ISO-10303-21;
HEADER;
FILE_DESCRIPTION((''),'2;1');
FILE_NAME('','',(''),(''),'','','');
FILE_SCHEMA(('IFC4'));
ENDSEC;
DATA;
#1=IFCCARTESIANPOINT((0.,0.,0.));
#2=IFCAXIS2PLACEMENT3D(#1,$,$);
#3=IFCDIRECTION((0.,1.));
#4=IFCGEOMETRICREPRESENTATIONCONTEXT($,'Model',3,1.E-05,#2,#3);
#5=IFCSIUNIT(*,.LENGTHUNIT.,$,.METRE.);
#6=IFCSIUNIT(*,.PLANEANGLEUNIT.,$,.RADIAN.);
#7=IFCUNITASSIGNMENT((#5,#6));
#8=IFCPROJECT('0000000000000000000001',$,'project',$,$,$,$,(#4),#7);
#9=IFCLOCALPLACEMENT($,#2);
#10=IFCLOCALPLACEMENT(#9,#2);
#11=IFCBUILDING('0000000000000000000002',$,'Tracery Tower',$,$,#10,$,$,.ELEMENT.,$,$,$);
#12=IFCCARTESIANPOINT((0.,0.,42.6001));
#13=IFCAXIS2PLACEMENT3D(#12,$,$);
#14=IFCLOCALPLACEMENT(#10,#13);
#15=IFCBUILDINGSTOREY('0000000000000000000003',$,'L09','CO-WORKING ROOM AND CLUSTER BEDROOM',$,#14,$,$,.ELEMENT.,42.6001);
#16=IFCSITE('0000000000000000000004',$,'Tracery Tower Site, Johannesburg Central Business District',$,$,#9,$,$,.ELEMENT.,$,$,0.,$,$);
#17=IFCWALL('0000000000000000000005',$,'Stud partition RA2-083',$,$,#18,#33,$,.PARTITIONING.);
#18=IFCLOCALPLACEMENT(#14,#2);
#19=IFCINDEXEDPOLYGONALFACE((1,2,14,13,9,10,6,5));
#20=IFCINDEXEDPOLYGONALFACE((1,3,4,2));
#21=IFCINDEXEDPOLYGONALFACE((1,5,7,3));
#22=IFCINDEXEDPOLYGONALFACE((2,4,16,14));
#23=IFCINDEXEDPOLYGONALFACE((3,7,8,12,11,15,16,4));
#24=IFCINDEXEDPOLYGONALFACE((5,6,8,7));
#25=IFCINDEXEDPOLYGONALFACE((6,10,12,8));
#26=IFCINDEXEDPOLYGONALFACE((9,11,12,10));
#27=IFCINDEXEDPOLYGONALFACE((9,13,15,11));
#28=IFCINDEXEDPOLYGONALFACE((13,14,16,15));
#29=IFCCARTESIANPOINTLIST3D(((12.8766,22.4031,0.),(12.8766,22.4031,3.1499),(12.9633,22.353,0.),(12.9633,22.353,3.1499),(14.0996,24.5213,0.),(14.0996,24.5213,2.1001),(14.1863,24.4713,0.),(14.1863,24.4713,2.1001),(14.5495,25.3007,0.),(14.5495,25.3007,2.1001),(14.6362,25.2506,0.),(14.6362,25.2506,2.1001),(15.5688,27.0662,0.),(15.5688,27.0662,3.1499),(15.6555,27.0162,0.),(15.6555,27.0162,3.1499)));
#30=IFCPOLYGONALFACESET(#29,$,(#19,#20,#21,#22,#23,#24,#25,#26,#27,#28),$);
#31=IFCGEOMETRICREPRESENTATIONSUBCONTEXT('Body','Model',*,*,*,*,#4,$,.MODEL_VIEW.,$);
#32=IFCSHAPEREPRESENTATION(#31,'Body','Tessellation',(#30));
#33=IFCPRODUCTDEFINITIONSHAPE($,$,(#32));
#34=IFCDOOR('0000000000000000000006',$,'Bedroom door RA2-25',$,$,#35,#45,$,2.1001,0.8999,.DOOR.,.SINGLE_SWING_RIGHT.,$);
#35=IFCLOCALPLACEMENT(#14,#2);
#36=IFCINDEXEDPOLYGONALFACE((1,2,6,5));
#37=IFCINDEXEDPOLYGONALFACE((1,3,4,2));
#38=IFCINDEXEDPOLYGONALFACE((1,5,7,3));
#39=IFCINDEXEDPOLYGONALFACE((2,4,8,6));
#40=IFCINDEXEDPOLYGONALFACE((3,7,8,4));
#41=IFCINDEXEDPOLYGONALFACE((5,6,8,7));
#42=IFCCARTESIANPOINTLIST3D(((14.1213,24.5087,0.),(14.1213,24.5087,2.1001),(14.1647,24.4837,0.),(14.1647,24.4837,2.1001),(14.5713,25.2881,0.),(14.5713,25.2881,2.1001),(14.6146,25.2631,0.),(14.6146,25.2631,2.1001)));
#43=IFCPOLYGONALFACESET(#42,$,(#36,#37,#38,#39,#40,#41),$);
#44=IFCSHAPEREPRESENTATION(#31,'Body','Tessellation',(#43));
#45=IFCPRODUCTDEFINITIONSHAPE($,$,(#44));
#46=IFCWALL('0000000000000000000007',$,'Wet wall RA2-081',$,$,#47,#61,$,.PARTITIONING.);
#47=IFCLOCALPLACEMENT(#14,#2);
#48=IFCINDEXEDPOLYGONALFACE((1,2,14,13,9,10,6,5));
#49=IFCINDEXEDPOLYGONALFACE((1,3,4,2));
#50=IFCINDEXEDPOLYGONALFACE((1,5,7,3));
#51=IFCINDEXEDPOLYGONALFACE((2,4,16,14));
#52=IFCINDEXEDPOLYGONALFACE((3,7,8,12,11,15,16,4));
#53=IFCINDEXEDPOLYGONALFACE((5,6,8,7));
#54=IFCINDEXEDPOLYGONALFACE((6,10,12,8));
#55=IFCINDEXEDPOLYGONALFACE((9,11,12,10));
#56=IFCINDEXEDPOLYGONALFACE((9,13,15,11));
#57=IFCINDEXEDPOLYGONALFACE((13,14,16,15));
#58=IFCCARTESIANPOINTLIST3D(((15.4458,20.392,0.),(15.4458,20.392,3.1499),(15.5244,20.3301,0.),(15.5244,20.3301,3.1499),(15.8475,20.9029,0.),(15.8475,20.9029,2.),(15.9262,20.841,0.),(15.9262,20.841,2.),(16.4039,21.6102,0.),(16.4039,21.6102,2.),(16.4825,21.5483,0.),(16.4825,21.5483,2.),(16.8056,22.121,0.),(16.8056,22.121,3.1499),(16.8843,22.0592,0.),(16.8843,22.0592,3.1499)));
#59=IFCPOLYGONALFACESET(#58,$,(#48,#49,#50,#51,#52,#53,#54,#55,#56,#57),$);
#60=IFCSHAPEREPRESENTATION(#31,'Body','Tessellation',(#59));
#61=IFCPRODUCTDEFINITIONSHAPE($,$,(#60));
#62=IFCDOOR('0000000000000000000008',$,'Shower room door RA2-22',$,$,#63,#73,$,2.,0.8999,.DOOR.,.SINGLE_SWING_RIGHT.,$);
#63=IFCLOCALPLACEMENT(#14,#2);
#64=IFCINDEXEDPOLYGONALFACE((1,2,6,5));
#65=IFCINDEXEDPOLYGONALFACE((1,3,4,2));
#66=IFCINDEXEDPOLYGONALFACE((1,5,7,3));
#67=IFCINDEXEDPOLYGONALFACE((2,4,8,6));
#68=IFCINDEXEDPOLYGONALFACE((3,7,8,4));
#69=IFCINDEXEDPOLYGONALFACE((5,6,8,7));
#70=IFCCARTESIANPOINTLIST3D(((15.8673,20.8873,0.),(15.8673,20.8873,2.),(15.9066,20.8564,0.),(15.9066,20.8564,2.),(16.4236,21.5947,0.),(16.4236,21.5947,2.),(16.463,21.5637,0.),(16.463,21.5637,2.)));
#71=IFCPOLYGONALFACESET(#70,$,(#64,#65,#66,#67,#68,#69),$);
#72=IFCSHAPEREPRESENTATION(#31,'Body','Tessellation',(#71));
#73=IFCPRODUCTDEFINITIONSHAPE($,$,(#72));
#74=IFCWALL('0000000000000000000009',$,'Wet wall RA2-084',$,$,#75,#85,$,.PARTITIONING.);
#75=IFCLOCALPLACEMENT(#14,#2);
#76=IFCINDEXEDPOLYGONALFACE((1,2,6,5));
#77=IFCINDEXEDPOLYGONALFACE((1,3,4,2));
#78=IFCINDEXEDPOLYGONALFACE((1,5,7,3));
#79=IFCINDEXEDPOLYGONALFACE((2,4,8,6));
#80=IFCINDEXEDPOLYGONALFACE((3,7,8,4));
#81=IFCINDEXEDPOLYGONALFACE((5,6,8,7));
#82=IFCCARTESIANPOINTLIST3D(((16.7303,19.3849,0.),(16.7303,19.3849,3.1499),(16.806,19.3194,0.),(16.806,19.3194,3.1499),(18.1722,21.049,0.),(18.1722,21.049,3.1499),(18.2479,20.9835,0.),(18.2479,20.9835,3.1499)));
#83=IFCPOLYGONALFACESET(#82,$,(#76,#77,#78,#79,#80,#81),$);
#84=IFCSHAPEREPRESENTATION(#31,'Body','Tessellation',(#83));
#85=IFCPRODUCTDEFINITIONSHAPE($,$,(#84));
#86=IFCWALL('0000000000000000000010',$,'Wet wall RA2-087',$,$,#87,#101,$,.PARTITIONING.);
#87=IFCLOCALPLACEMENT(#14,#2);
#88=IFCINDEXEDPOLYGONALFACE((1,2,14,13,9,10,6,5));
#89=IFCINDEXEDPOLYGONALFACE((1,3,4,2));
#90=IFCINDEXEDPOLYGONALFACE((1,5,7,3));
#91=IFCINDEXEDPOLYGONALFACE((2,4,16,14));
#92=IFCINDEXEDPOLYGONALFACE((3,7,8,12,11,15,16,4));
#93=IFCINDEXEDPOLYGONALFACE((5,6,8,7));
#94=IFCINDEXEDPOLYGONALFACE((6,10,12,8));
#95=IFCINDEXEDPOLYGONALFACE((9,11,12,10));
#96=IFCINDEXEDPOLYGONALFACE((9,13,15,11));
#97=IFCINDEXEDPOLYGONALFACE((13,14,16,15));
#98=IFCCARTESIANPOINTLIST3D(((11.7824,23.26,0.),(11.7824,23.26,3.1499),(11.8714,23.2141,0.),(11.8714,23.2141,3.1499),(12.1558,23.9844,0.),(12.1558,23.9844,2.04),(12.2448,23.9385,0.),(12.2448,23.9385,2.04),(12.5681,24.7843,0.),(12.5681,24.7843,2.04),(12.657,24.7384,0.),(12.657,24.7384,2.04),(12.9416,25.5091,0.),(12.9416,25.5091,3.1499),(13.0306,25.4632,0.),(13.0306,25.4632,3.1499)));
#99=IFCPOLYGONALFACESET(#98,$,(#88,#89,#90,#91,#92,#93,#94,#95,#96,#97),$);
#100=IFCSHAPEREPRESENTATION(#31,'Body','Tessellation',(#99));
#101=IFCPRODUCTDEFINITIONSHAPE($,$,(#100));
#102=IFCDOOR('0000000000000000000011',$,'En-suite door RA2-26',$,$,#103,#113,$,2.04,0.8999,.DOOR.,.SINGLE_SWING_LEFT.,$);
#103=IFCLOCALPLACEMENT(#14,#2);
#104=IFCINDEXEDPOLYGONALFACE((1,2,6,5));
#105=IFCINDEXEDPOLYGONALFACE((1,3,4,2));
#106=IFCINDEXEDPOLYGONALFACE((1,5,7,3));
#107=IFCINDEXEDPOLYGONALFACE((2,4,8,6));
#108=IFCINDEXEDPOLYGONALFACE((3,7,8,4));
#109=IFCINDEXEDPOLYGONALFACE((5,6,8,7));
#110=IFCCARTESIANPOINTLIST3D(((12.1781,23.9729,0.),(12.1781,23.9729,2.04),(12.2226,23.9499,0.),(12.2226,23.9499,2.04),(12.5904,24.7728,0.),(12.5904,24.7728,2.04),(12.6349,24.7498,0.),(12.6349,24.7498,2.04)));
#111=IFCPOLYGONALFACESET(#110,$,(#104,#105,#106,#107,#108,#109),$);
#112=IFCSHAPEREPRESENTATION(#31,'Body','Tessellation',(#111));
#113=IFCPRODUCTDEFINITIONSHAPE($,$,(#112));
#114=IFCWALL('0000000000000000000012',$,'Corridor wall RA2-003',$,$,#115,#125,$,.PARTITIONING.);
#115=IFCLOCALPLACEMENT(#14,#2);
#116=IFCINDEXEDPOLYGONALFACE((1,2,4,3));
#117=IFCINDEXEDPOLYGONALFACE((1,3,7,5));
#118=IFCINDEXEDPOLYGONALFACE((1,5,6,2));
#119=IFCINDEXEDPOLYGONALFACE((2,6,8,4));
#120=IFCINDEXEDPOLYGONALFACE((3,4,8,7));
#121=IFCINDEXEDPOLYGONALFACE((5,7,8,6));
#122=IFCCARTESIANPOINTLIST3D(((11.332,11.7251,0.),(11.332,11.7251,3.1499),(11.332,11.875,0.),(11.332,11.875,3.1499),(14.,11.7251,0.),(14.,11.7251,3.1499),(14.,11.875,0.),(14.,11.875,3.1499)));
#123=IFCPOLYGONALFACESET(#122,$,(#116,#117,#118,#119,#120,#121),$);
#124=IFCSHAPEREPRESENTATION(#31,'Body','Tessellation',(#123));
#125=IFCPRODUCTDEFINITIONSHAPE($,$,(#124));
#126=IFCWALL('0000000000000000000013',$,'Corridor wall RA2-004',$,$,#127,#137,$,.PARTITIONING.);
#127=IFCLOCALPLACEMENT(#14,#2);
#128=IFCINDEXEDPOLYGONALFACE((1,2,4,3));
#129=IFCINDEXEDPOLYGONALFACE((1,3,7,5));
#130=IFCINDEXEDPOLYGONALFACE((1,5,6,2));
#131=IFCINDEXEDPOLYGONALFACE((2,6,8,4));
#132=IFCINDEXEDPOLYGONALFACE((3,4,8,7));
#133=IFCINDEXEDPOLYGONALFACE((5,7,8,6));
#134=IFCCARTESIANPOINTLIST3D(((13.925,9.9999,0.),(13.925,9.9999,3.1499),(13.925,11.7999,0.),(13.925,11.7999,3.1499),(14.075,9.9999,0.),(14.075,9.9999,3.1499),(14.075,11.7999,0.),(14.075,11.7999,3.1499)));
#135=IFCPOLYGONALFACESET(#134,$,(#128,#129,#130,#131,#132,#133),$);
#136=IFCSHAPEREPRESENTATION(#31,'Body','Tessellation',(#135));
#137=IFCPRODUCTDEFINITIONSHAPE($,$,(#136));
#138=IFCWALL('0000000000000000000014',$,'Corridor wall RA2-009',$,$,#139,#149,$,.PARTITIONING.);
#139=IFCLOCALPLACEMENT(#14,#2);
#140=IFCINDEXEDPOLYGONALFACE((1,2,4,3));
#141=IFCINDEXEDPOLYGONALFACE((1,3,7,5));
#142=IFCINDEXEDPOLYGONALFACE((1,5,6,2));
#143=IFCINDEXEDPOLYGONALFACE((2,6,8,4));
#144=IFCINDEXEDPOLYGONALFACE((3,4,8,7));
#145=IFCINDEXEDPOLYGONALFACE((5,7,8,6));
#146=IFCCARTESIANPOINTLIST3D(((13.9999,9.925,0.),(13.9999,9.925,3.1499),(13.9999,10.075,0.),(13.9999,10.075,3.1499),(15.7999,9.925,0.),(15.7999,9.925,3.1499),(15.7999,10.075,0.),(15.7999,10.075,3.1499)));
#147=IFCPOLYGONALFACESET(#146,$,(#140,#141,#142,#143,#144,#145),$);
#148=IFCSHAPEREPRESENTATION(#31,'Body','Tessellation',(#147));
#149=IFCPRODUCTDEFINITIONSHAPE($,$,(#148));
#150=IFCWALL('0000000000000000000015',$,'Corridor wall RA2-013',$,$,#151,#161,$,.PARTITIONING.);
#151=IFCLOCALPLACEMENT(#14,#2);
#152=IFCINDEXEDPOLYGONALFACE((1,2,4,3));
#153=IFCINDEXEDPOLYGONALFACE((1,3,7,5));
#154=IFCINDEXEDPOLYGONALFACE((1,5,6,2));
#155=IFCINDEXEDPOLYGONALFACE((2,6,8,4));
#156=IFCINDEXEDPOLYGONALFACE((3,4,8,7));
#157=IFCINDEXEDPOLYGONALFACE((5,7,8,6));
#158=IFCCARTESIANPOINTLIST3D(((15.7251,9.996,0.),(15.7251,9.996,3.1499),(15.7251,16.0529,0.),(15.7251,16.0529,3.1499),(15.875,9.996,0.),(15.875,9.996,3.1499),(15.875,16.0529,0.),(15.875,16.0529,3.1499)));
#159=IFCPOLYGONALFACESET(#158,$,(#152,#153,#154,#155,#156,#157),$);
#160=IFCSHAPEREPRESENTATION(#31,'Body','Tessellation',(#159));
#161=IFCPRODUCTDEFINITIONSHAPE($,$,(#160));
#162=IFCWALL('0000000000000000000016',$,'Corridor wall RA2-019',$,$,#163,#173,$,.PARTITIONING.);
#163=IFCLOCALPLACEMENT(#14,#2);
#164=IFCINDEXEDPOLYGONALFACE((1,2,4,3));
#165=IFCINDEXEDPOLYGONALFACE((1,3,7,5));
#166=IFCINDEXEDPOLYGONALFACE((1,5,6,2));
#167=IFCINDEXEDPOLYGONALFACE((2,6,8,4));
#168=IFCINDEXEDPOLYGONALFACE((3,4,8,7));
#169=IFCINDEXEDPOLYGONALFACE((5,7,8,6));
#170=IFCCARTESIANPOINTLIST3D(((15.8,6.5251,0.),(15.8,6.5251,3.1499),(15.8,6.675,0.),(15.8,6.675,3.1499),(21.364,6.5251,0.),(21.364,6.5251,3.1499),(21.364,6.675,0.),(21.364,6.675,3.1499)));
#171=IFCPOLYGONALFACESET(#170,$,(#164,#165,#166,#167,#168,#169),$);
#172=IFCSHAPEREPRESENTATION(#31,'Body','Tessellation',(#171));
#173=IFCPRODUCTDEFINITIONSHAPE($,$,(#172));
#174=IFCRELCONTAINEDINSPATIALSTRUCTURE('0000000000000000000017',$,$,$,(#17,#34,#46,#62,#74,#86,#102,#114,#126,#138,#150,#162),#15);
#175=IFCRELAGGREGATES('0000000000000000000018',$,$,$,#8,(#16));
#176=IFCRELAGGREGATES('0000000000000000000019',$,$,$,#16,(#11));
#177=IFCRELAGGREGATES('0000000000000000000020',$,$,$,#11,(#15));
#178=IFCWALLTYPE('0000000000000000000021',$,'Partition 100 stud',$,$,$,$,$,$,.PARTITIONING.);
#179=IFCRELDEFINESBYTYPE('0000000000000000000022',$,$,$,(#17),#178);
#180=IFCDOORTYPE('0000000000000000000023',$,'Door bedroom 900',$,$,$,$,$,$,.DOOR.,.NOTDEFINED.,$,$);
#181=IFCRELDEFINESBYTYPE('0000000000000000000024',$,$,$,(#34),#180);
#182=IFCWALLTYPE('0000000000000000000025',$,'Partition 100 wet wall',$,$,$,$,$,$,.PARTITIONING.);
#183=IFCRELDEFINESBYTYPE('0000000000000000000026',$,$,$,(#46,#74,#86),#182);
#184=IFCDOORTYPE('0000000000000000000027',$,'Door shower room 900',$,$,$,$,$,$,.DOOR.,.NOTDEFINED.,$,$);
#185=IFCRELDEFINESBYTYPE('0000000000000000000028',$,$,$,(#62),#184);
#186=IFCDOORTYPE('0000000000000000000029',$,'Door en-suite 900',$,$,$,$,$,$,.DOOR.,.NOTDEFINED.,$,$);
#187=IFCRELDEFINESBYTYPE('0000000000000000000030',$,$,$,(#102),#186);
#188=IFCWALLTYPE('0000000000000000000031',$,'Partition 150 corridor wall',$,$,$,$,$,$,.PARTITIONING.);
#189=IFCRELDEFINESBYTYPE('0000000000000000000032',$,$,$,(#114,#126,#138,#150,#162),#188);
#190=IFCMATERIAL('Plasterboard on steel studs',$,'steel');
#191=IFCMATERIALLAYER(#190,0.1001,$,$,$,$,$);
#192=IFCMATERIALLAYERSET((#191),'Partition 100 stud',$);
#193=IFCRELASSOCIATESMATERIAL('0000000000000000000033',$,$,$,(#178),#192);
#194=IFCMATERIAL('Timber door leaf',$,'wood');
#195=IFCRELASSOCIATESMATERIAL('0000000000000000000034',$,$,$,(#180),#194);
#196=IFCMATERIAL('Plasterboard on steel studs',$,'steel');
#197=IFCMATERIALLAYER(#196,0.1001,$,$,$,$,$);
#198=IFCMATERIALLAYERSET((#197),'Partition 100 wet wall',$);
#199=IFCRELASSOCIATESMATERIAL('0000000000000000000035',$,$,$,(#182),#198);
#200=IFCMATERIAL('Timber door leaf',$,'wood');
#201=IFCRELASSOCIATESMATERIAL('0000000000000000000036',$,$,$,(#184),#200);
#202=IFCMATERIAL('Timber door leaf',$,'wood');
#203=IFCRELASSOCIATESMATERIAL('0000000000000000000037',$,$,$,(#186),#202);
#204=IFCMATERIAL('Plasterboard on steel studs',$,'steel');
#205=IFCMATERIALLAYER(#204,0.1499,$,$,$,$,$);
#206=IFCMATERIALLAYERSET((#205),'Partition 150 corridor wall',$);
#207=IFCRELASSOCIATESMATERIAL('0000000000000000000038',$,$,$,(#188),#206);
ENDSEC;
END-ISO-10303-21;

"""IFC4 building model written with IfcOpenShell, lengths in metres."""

from ifc_helpers import new_model, si_unit, direction, frame, frame_2d, origin, place, context, subcontext, project, spatial, rectangle, extrude, material, layer, layer_set, type_object, element, fill, save


model = new_model("IFC4")

# Units and contexts
model_context = context("Model", 3, precision=1e-05, world=origin(), true_north=direction((0.0, 1.0)))
body_context = subcontext(model_context, "Body", "Model", "MODEL_VIEW")
ifc_project = project(units=[si_unit("LENGTHUNIT", "METRE"), si_unit("PLANEANGLEUNIT", "RADIAN")], contexts=[model_context])

# Site, building, storey
site_placement = place(None, origin())
site = spatial("IfcSite", under=ifc_project, at=site_placement, Name="Tracery Tower Site, Johannesburg Central Business District", CompositionType="ELEMENT", RefElevation=0.0)
building_placement = place(site_placement, origin())
building = spatial("IfcBuilding", under=site, at=building_placement, Name="Tracery Tower", CompositionType="ELEMENT")
storey_placement = place(building_placement, frame((0.0, 0.0, 42.6001)))
storey = spatial("IfcBuildingStorey", under=building, at=storey_placement, Name="L09", Description="CO-WORKING ROOM AND CLUSTER BEDROOM", CompositionType="ELEMENT", Elevation=42.6001)

# Walls, openings, doors
ifc_material_1 = material(Name="Plasterboard on steel studs", Category="steel")
ifc_layer_1 = layer(ifc_material_1, 0.1001)
ifc_layer_set_1 = layer_set([ifc_layer_1], Name="Partition 100 stud")
wall_type_1 = type_object("IfcWallType", Name="Partition 100 stud", PredefinedType="PARTITIONING", material=ifc_layer_set_1)
wall_1_placement = place(storey_placement, frame((12.9199, 22.3779, 0.0), z_axis=(0.0, 0.0, 1.0), x_axis=(0.499987, 0.866033, 0.0)))
wall_1 = element("IfcWall", 1, at=wall_1_placement, inside=storey, type_object=wall_type_1, Name="Stud partition RA2-083", PredefinedType="PARTITIONING", context=body_context, shape_type="SweptSolid", body=[
    extrude(rectangle(XDim=5.3845, YDim=0.1001, at=frame_2d((2.6924, 0.0))), origin(), (0.0, 0.0, 1.0), 3.1499),
])
opening_1_placement = place(wall_1_placement, frame((2.446, 0.0, 0.0)))
opening_1 = element("IfcOpeningElement", 2, at=opening_1_placement, cuts=wall_1, PredefinedType="OPENING", context=body_context, shape_type="SweptSolid", body=[
    extrude(rectangle(XDim=0.8999, YDim=2.1001, at=frame_2d((0.45, 1.05))), frame((0.0, 0.05, 0.0), z_axis=(0.0, -1.0, 0.0), x_axis=(1.0, 0.0, 0.0)), (0.0, 0.0, 1.0), 0.1001),
])
ifc_material_2 = material(Name="Timber door leaf", Category="wood")
door_type_1 = type_object("IfcDoorType", Name="Door bedroom 900", OperationType="NOTDEFINED", PredefinedType="DOOR", material=ifc_material_2)
door_1_placement = place(opening_1_placement, origin())
door_1 = element("IfcDoor", 3, at=door_1_placement, inside=storey, type_object=door_type_1, Name="Bedroom door RA2-25", OperationType="SINGLE_SWING_RIGHT", OverallHeight=2.1001, OverallWidth=0.8999, PredefinedType="DOOR", context=body_context, shape_type="SweptSolid", body=[
    extrude(rectangle(XDim=0.8999, YDim=2.1001, at=frame_2d((0.45, 1.05))), frame((0.0, 0.0249, 0.0), z_axis=(0.0, -1.0, 0.0), x_axis=(1.0, 0.0, 0.0)), (0.0, 0.0, 1.0), 0.05),
])
fill(opening_1, door_1)
ifc_material_3 = material(Name="Plasterboard on steel studs", Category="steel")
ifc_layer_2 = layer(ifc_material_3, 0.1001)
ifc_layer_set_2 = layer_set([ifc_layer_2], Name="Partition 100 wet wall")
wall_type_2 = type_object("IfcWallType", Name="Partition 100 wet wall", PredefinedType="PARTITIONING", material=ifc_layer_set_2)
wall_2_placement = place(storey_placement, frame((15.4851, 20.3611, 0.0), z_axis=(0.0, 0.0, 1.0), x_axis=(0.618204, 0.786018, 0.0)))
wall_2 = element("IfcWall", 4, at=wall_2_placement, inside=storey, type_object=wall_type_2, Name="Wet wall RA2-081", PredefinedType="PARTITIONING", context=body_context, shape_type="SweptSolid", body=[
    extrude(rectangle(XDim=2.1997, YDim=0.1001, at=frame_2d((1.0999, 0.0))), origin(), (0.0, 0.0, 1.0), 3.1499),
])
opening_2_placement = place(wall_2_placement, frame((0.6499, 0.0, 0.0)))
opening_2 = element("IfcOpeningElement", 5, at=opening_2_placement, cuts=wall_2, PredefinedType="OPENING", context=body_context, shape_type="SweptSolid", body=[
    extrude(rectangle(XDim=0.8999, YDim=2.0, at=frame_2d((0.45, 1.0))), frame((0.0, 0.05, 0.0), z_axis=(0.0, -1.0, 0.0), x_axis=(1.0, 0.0, 0.0)), (0.0, 0.0, 1.0), 0.1001),
])
ifc_material_4 = material(Name="Timber door leaf", Category="wood")
door_type_2 = type_object("IfcDoorType", Name="Door shower room 900", OperationType="NOTDEFINED", PredefinedType="DOOR", material=ifc_material_4)
door_2_placement = place(opening_2_placement, origin())
door_2 = element("IfcDoor", 6, at=door_2_placement, inside=storey, type_object=door_type_2, Name="Shower room door RA2-22", OperationType="SINGLE_SWING_RIGHT", OverallHeight=2.0, OverallWidth=0.8999, PredefinedType="DOOR", context=body_context, shape_type="SweptSolid", body=[
    extrude(rectangle(XDim=0.8999, YDim=2.0, at=frame_2d((0.45, 1.0))), frame((0.0, 0.0249, 0.0), z_axis=(0.0, -1.0, 0.0), x_axis=(1.0, 0.0, 0.0)), (0.0, 0.0, 1.0), 0.05),
])
fill(opening_2, door_2)

# Wall
wall_3_placement = place(storey_placement, frame((16.7681, 19.3521, 0.0), z_axis=(0.0, 0.0, 1.0), x_axis=(0.654855, 0.755755, 0.0)))
element("IfcWall", 7, at=wall_3_placement, inside=storey, type_object=wall_type_2, Name="Wet wall RA2-084", PredefinedType="PARTITIONING", context=body_context, shape_type="SweptSolid", body=[
    extrude(rectangle(XDim=2.2019, YDim=0.1001, at=frame_2d((1.1011, 0.0))), origin(), (0.0, 0.0, 1.0), 3.1499),
])

# Wall, opening, door
wall_4_placement = place(storey_placement, frame((11.8269, 23.2371, 0.0), z_axis=(0.0, 0.0, 1.0), x_axis=(0.458141, 0.888879, 0.0)))
wall_4 = element("IfcWall", 8, at=wall_4_placement, inside=storey, type_object=wall_type_2, Name="Wet wall RA2-087", PredefinedType="PARTITIONING", context=body_context, shape_type="SweptSolid", body=[
    extrude(rectangle(XDim=2.5303, YDim=0.1001, at=frame_2d((1.2651, 0.0))), origin(), (0.0, 0.0, 1.0), 3.1499),
])
opening_3_placement = place(wall_4_placement, frame((0.8149, 0.0, 0.0)))
opening_3 = element("IfcOpeningElement", 9, at=opening_3_placement, cuts=wall_4, PredefinedType="OPENING", context=body_context, shape_type="SweptSolid", body=[
    extrude(rectangle(XDim=0.8999, YDim=2.04, at=frame_2d((0.45, 1.02))), frame((0.0, 0.05, 0.0), z_axis=(0.0, -1.0, 0.0), x_axis=(1.0, 0.0, 0.0)), (0.0, 0.0, 1.0), 0.1001),
])
ifc_material_5 = material(Name="Timber door leaf", Category="wood")
door_type_3 = type_object("IfcDoorType", Name="Door en-suite 900", OperationType="NOTDEFINED", PredefinedType="DOOR", material=ifc_material_5)
door_3_placement = place(opening_3_placement, origin())
door_3 = element("IfcDoor", 10, at=door_3_placement, inside=storey, type_object=door_type_3, Name="En-suite door RA2-26", OperationType="SINGLE_SWING_LEFT", OverallHeight=2.04, OverallWidth=0.8999, PredefinedType="DOOR", context=body_context, shape_type="SweptSolid", body=[
    extrude(rectangle(XDim=0.8999, YDim=2.04, at=frame_2d((0.45, 1.02))), frame((0.0, 0.0249, 0.0), z_axis=(0.0, -1.0, 0.0), x_axis=(1.0, 0.0, 0.0)), (0.0, 0.0, 1.0), 0.05),
])
fill(opening_3, door_3)

# Walls
ifc_material_6 = material(Name="Plasterboard on steel studs", Category="steel")
ifc_layer_3 = layer(ifc_material_6, 0.1499)
ifc_layer_set_3 = layer_set([ifc_layer_3], Name="Partition 150 corridor wall")
wall_type_3 = type_object("IfcWallType", Name="Partition 150 corridor wall", PredefinedType="PARTITIONING", material=ifc_layer_set_3)
wall_5_placement = place(storey_placement, frame((11.332, 11.8, 0.0), z_axis=(0.0, 0.0, 1.0), x_axis=(1.0, 0.0, 0.0)))
element("IfcWall", 11, at=wall_5_placement, inside=storey, type_object=wall_type_3, Name="Corridor wall RA2-003", PredefinedType="PARTITIONING", context=body_context, shape_type="SweptSolid", body=[
    extrude(rectangle(XDim=2.668, YDim=0.1499, at=frame_2d((1.334, 0.0))), origin(), (0.0, 0.0, 1.0), 3.1499),
])
for number, where, z_axis, x_axis, name in (
    (12, (14.0, 10.0, 0.0), (0.0, 0.0, 1.0), (0.0, 1.0, 0.0), "Corridor wall RA2-004"),
    (13, (14.0, 10.0, 0.0), (0.0, 0.0, 1.0), (1.0, 0.0, 0.0), "Corridor wall RA2-009"),
):
    element("IfcWall", number, at=place(storey_placement, frame(where, z_axis=z_axis, x_axis=x_axis)), inside=storey, type_object=wall_type_3, Name=name, PredefinedType="PARTITIONING", context=body_context, shape_type="SweptSolid", body=[
        extrude(rectangle(XDim=1.8, YDim=0.1499, at=frame_2d((0.8999, 0.0))), origin(), (0.0, 0.0, 1.0), 3.1499),
    ])
wall_6_placement = place(storey_placement, frame((15.8, 9.9961, 0.0), z_axis=(0.0, 0.0, 1.0), x_axis=(0.0, 1.0, 0.0)))
element("IfcWall", 14, at=wall_6_placement, inside=storey, type_object=wall_type_3, Name="Corridor wall RA2-013", PredefinedType="PARTITIONING", context=body_context, shape_type="SweptSolid", body=[
    extrude(rectangle(XDim=6.0569, YDim=0.1499, at=frame_2d((3.0283, 0.0))), origin(), (0.0, 0.0, 1.0), 3.1499),
])
wall_7_placement = place(storey_placement, frame((15.8, 6.6001, 0.0), z_axis=(0.0, 0.0, 1.0), x_axis=(1.0, 0.0, 0.0)))
element("IfcWall", 15, at=wall_7_placement, inside=storey, type_object=wall_type_3, Name="Corridor wall RA2-019", PredefinedType="PARTITIONING", context=body_context, shape_type="SweptSolid", body=[
    extrude(rectangle(XDim=5.564, YDim=0.1499, at=frame_2d((2.782, 0.0))), origin(), (0.0, 0.0, 1.0), 3.1499),
])

save(model, "model.ifc")
